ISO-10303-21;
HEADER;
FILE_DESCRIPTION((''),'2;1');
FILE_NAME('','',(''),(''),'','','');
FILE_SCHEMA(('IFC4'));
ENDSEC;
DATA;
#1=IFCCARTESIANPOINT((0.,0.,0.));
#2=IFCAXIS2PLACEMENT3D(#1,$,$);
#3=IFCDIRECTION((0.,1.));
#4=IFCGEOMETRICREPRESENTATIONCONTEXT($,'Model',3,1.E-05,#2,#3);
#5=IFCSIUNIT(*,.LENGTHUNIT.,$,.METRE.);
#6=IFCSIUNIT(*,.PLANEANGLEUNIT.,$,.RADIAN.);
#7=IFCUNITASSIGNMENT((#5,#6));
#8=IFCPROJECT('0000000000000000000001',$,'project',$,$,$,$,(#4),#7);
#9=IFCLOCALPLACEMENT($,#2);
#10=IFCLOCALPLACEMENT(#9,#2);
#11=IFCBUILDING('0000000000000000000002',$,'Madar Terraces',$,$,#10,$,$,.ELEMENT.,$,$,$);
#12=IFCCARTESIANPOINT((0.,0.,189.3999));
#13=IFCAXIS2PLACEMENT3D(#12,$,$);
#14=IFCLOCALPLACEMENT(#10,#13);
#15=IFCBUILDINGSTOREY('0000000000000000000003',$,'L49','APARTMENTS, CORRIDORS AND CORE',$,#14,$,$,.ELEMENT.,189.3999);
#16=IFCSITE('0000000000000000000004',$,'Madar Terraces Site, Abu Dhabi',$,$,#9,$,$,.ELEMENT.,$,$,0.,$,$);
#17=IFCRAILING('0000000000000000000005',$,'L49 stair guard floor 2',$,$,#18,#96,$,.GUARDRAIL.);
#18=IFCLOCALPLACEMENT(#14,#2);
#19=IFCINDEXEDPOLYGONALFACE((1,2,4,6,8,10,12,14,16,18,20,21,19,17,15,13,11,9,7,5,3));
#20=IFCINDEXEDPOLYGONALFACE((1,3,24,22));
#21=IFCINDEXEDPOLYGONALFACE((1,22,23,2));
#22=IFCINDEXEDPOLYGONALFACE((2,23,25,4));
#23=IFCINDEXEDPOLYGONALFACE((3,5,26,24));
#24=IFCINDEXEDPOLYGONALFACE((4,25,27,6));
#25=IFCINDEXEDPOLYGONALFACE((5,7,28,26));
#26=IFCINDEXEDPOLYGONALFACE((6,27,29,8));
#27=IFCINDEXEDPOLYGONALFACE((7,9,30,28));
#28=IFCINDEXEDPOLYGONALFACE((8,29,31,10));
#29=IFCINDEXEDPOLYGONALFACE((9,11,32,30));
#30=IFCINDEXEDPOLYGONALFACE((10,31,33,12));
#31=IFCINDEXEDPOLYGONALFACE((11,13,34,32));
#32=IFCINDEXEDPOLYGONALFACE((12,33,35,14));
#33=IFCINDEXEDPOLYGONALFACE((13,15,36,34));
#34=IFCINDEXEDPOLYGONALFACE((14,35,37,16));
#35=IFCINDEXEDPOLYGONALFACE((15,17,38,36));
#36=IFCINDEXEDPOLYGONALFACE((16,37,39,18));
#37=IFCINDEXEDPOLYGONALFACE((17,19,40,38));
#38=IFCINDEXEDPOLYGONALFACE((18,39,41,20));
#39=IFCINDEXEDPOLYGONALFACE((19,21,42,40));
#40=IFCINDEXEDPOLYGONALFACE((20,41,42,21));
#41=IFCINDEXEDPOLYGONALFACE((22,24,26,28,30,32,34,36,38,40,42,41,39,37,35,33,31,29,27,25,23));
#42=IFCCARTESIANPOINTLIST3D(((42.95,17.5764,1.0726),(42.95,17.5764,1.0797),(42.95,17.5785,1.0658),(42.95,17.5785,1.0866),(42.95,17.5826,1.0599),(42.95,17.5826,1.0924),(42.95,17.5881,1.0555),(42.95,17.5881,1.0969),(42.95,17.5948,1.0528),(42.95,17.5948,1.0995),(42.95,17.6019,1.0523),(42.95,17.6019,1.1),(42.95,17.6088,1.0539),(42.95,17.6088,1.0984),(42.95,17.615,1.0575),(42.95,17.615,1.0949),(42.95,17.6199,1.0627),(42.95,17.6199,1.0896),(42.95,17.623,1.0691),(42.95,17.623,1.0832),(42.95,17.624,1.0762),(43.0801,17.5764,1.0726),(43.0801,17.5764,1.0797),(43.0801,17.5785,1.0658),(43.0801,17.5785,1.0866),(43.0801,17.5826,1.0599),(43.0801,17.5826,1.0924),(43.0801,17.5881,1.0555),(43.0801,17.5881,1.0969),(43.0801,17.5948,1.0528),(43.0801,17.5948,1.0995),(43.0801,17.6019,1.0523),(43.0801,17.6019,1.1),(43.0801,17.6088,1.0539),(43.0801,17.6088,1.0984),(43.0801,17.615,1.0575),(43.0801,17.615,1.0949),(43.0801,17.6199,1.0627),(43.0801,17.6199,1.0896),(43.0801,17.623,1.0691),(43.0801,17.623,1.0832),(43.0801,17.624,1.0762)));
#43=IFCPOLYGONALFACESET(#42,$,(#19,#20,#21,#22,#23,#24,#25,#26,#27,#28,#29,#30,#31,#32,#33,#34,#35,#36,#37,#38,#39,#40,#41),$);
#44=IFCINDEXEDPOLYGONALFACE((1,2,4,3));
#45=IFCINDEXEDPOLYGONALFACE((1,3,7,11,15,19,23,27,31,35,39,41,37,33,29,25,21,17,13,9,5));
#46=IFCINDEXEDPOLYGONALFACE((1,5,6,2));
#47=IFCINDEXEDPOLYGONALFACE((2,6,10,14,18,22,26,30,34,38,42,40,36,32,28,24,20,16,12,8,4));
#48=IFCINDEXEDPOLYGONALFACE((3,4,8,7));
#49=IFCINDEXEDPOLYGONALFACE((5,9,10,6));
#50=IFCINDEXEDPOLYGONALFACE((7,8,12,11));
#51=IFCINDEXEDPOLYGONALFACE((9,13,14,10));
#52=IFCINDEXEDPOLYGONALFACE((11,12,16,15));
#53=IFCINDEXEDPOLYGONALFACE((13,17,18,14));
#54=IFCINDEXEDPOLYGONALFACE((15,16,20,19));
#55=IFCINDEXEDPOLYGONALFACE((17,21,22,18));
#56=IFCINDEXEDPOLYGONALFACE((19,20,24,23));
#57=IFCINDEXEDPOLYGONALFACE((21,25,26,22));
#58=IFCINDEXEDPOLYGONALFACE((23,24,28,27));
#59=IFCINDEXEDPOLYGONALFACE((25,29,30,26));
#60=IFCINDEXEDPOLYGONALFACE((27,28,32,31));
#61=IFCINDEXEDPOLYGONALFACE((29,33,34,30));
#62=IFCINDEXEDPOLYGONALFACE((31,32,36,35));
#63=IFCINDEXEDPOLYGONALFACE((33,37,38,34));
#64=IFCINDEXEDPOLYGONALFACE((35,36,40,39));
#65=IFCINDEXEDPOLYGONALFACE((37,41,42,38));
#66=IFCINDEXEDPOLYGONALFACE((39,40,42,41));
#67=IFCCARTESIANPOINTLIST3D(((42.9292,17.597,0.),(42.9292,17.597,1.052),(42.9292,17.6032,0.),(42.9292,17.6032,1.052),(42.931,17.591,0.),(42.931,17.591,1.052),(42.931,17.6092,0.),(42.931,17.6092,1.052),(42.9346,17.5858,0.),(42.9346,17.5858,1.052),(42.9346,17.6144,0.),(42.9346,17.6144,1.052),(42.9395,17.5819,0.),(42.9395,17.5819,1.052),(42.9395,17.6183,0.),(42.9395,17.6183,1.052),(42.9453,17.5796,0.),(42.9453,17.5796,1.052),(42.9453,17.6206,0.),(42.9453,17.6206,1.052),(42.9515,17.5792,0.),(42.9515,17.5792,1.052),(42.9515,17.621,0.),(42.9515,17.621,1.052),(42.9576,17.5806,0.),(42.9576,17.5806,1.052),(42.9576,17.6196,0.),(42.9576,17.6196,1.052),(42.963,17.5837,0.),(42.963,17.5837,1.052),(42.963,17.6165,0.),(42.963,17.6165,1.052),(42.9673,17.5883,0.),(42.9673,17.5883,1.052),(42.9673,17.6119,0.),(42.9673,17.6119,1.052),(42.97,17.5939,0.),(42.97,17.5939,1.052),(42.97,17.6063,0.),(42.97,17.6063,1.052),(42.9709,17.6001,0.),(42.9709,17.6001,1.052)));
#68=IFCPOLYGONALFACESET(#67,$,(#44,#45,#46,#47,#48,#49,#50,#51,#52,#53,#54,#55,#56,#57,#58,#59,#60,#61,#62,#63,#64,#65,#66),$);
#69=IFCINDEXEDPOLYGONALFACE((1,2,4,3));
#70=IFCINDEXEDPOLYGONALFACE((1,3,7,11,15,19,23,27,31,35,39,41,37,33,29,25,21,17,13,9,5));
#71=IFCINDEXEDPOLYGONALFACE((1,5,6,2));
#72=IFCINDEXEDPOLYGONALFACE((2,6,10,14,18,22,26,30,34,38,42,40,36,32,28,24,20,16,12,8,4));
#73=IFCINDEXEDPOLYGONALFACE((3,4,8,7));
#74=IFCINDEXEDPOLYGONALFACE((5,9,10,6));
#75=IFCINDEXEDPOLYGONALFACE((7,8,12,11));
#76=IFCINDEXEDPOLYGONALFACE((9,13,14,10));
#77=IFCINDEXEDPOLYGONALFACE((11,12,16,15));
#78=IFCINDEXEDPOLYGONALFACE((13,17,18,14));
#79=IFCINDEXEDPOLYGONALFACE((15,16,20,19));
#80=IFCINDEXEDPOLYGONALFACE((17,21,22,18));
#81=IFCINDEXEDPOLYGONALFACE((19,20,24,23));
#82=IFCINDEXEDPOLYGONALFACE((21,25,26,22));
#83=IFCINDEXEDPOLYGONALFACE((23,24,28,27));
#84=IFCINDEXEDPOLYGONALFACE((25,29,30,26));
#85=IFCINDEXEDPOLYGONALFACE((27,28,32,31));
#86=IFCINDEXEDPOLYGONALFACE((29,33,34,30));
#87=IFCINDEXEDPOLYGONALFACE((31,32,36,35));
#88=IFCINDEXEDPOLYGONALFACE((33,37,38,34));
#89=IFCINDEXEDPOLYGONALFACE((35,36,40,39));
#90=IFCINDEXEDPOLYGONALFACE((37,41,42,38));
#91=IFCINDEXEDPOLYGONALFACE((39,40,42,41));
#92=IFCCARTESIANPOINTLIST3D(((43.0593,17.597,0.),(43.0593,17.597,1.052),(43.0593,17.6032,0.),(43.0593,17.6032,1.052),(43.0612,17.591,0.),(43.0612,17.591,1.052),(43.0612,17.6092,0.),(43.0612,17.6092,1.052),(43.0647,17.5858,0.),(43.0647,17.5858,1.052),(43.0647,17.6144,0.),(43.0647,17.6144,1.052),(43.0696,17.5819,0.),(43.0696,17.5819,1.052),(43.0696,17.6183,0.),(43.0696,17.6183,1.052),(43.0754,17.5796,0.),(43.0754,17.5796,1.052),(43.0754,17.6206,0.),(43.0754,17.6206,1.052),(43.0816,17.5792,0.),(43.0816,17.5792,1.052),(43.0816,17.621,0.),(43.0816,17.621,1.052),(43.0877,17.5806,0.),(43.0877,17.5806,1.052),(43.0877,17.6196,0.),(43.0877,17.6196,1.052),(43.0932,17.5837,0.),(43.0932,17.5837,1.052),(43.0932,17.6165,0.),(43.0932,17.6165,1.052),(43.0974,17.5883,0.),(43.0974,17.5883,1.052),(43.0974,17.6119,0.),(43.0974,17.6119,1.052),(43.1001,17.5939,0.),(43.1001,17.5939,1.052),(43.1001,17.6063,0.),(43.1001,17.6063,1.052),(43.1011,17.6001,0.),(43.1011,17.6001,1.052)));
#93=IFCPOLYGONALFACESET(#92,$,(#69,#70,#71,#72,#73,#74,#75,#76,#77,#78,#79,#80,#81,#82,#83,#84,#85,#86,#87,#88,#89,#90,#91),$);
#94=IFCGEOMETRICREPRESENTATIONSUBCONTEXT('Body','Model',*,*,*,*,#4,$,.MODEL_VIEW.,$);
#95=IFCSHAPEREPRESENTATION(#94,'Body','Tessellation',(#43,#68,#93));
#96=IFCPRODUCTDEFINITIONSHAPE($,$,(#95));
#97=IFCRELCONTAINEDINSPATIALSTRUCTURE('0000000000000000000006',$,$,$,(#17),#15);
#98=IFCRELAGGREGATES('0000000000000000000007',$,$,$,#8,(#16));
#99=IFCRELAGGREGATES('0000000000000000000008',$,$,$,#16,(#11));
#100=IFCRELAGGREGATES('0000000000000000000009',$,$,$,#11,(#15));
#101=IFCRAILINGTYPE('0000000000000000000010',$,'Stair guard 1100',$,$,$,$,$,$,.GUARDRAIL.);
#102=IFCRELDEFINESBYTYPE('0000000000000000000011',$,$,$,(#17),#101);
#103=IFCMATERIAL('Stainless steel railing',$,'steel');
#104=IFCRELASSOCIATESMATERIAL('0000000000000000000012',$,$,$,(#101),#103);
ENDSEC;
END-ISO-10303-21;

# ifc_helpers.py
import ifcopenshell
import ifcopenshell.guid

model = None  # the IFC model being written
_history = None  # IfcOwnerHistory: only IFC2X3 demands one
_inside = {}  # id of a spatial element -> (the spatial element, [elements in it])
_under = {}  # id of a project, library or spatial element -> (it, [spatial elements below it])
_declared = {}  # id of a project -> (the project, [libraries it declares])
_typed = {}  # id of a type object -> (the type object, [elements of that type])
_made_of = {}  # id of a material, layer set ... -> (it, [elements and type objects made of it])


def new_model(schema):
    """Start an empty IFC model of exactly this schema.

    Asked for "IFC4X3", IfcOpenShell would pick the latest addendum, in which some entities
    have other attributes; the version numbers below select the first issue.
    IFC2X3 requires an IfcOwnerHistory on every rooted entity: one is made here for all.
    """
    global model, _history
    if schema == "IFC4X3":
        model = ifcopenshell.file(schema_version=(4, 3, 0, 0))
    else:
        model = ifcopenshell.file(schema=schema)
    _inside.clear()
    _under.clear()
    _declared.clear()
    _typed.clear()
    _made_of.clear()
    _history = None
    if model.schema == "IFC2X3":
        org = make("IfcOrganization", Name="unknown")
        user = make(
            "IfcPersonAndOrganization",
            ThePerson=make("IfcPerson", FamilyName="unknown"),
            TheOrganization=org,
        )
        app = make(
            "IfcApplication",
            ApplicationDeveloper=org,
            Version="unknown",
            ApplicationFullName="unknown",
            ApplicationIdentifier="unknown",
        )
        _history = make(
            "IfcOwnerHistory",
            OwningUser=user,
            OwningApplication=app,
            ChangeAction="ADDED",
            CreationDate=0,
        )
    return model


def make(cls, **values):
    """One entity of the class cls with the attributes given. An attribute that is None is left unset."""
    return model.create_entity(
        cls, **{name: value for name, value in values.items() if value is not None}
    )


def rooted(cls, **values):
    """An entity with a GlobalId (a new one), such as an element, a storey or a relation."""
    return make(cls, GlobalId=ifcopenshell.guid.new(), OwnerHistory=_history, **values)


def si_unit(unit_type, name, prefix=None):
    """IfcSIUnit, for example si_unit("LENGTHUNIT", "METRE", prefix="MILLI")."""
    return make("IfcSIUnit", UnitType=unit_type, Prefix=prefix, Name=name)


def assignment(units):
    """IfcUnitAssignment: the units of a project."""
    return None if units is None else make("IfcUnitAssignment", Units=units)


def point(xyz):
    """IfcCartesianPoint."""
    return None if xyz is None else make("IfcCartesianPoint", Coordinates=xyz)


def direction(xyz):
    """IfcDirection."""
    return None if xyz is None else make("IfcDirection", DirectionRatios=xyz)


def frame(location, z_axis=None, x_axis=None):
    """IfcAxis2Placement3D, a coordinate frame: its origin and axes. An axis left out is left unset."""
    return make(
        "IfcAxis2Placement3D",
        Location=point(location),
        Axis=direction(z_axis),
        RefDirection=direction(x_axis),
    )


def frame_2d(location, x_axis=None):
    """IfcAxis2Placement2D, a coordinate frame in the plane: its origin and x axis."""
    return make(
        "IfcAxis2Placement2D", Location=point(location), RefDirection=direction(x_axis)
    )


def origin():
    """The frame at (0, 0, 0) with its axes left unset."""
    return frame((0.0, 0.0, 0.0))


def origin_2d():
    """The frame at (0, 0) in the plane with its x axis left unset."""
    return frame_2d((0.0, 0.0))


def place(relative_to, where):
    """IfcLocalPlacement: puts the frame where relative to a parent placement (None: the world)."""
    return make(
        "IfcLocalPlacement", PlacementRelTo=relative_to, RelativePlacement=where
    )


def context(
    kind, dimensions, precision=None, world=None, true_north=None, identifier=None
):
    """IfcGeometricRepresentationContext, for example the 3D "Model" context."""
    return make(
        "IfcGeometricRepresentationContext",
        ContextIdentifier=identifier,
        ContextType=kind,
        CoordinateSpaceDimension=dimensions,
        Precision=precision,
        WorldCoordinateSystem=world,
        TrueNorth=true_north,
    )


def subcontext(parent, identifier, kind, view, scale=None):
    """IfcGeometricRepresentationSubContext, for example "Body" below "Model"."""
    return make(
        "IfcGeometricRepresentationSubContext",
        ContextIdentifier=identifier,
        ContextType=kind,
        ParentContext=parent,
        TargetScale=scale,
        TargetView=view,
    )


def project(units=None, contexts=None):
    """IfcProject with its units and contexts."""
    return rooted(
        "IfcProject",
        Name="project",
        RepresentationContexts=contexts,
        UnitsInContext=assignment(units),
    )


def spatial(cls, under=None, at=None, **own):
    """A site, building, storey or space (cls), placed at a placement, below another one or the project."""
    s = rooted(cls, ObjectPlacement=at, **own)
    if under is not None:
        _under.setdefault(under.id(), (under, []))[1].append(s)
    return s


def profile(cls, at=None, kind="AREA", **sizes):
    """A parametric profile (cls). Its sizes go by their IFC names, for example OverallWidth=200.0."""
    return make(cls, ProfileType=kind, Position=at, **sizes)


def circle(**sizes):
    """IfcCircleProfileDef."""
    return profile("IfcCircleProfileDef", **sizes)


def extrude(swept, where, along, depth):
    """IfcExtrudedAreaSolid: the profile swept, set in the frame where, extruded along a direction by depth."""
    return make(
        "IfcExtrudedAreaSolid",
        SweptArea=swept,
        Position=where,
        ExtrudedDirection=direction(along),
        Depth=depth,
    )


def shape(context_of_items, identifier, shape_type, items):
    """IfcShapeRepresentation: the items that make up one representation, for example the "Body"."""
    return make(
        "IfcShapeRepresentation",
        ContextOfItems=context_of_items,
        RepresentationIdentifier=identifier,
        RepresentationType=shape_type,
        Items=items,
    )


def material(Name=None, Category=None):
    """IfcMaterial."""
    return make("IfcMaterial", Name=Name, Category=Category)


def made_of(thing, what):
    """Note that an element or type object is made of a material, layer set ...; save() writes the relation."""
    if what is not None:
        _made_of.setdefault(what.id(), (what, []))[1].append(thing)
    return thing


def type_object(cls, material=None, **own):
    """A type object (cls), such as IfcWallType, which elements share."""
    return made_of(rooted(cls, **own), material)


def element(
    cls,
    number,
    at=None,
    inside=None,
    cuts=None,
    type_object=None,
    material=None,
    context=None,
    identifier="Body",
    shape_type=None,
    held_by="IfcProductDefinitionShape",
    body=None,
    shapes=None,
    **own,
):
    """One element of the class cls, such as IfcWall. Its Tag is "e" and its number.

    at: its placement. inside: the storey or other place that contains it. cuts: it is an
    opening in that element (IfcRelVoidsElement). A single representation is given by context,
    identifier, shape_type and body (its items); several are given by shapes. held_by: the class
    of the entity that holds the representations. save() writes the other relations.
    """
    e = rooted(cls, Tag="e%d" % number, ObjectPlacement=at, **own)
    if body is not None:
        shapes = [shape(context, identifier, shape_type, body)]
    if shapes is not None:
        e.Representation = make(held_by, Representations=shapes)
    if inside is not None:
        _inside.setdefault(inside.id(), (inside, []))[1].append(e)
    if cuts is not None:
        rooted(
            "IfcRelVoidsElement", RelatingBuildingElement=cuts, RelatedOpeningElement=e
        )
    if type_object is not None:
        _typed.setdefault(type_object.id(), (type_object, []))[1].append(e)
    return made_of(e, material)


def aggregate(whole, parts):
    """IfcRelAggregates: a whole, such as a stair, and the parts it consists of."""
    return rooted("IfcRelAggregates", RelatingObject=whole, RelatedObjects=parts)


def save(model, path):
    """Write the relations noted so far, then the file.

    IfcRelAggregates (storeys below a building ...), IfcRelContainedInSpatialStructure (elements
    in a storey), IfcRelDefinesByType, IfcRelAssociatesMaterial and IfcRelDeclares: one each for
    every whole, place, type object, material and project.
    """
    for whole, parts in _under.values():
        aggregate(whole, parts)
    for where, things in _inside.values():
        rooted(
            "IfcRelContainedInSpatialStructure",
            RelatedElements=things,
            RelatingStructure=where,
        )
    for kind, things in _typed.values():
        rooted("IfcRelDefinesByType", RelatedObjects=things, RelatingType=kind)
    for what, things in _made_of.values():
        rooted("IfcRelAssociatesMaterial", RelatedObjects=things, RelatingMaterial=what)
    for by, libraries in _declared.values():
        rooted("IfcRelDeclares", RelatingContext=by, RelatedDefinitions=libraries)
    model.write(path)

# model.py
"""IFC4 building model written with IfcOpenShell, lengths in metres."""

from ifc_helpers import new_model, si_unit, direction, frame, origin, origin_2d, place, context, subcontext, project, spatial, circle, extrude, material, type_object, element, save


model = new_model("IFC4")

# Units and contexts
model_context = context("Model", 3, precision=1e-05, world=origin(), true_north=direction((0.0, 1.0)))
body_context = subcontext(model_context, "Body", "Model", "MODEL_VIEW")
ifc_project = project(units=[si_unit("LENGTHUNIT", "METRE"), si_unit("PLANEANGLEUNIT", "RADIAN")], contexts=[model_context])

# Site, building, storey
site_placement = place(None, origin())
site = spatial("IfcSite", under=ifc_project, at=site_placement, Name="Madar Terraces Site, Abu Dhabi", CompositionType="ELEMENT", RefElevation=0.0)
building_placement = place(site_placement, origin())
building = spatial("IfcBuilding", under=site, at=building_placement, Name="Madar Terraces", CompositionType="ELEMENT")
storey_placement = place(building_placement, frame((0.0, 0.0, 189.3999)))
storey = spatial("IfcBuildingStorey", under=building, at=storey_placement, Name="L49", Description="APARTMENTS, CORRIDORS AND CORE", CompositionType="ELEMENT", Elevation=189.3999)

# Railing
ifc_material_1 = material(Name="Stainless steel railing", Category="steel")
railing_type_1 = type_object("IfcRailingType", Name="Stair guard 1100", PredefinedType="GUARDRAIL", material=ifc_material_1)
railing_1_placement = place(storey_placement, frame((42.95, 17.6001, 0.0)))
element("IfcRailing", 1, at=railing_1_placement, inside=storey, type_object=railing_type_1, Name="L49 stair guard floor 2", PredefinedType="GUARDRAIL", context=body_context, shape_type="SweptSolid", body=[
    extrude(circle(Radius=0.0239, at=origin_2d()), frame((0.0, 0.0, 1.0762), z_axis=(1.0, 0.0, 0.0), x_axis=(0.0, 1.0, 0.0)), (0.0, 0.0, 1.0), 0.1301),
    extrude(circle(Radius=0.021, at=origin_2d()), origin(), (0.0, 0.0, 1.0), 1.052),
    extrude(circle(Radius=0.021, at=origin_2d()), frame((0.1301, 0.0, 0.0)), (0.0, 0.0, 1.0), 1.052),
])

save(model, "model.ifc")
